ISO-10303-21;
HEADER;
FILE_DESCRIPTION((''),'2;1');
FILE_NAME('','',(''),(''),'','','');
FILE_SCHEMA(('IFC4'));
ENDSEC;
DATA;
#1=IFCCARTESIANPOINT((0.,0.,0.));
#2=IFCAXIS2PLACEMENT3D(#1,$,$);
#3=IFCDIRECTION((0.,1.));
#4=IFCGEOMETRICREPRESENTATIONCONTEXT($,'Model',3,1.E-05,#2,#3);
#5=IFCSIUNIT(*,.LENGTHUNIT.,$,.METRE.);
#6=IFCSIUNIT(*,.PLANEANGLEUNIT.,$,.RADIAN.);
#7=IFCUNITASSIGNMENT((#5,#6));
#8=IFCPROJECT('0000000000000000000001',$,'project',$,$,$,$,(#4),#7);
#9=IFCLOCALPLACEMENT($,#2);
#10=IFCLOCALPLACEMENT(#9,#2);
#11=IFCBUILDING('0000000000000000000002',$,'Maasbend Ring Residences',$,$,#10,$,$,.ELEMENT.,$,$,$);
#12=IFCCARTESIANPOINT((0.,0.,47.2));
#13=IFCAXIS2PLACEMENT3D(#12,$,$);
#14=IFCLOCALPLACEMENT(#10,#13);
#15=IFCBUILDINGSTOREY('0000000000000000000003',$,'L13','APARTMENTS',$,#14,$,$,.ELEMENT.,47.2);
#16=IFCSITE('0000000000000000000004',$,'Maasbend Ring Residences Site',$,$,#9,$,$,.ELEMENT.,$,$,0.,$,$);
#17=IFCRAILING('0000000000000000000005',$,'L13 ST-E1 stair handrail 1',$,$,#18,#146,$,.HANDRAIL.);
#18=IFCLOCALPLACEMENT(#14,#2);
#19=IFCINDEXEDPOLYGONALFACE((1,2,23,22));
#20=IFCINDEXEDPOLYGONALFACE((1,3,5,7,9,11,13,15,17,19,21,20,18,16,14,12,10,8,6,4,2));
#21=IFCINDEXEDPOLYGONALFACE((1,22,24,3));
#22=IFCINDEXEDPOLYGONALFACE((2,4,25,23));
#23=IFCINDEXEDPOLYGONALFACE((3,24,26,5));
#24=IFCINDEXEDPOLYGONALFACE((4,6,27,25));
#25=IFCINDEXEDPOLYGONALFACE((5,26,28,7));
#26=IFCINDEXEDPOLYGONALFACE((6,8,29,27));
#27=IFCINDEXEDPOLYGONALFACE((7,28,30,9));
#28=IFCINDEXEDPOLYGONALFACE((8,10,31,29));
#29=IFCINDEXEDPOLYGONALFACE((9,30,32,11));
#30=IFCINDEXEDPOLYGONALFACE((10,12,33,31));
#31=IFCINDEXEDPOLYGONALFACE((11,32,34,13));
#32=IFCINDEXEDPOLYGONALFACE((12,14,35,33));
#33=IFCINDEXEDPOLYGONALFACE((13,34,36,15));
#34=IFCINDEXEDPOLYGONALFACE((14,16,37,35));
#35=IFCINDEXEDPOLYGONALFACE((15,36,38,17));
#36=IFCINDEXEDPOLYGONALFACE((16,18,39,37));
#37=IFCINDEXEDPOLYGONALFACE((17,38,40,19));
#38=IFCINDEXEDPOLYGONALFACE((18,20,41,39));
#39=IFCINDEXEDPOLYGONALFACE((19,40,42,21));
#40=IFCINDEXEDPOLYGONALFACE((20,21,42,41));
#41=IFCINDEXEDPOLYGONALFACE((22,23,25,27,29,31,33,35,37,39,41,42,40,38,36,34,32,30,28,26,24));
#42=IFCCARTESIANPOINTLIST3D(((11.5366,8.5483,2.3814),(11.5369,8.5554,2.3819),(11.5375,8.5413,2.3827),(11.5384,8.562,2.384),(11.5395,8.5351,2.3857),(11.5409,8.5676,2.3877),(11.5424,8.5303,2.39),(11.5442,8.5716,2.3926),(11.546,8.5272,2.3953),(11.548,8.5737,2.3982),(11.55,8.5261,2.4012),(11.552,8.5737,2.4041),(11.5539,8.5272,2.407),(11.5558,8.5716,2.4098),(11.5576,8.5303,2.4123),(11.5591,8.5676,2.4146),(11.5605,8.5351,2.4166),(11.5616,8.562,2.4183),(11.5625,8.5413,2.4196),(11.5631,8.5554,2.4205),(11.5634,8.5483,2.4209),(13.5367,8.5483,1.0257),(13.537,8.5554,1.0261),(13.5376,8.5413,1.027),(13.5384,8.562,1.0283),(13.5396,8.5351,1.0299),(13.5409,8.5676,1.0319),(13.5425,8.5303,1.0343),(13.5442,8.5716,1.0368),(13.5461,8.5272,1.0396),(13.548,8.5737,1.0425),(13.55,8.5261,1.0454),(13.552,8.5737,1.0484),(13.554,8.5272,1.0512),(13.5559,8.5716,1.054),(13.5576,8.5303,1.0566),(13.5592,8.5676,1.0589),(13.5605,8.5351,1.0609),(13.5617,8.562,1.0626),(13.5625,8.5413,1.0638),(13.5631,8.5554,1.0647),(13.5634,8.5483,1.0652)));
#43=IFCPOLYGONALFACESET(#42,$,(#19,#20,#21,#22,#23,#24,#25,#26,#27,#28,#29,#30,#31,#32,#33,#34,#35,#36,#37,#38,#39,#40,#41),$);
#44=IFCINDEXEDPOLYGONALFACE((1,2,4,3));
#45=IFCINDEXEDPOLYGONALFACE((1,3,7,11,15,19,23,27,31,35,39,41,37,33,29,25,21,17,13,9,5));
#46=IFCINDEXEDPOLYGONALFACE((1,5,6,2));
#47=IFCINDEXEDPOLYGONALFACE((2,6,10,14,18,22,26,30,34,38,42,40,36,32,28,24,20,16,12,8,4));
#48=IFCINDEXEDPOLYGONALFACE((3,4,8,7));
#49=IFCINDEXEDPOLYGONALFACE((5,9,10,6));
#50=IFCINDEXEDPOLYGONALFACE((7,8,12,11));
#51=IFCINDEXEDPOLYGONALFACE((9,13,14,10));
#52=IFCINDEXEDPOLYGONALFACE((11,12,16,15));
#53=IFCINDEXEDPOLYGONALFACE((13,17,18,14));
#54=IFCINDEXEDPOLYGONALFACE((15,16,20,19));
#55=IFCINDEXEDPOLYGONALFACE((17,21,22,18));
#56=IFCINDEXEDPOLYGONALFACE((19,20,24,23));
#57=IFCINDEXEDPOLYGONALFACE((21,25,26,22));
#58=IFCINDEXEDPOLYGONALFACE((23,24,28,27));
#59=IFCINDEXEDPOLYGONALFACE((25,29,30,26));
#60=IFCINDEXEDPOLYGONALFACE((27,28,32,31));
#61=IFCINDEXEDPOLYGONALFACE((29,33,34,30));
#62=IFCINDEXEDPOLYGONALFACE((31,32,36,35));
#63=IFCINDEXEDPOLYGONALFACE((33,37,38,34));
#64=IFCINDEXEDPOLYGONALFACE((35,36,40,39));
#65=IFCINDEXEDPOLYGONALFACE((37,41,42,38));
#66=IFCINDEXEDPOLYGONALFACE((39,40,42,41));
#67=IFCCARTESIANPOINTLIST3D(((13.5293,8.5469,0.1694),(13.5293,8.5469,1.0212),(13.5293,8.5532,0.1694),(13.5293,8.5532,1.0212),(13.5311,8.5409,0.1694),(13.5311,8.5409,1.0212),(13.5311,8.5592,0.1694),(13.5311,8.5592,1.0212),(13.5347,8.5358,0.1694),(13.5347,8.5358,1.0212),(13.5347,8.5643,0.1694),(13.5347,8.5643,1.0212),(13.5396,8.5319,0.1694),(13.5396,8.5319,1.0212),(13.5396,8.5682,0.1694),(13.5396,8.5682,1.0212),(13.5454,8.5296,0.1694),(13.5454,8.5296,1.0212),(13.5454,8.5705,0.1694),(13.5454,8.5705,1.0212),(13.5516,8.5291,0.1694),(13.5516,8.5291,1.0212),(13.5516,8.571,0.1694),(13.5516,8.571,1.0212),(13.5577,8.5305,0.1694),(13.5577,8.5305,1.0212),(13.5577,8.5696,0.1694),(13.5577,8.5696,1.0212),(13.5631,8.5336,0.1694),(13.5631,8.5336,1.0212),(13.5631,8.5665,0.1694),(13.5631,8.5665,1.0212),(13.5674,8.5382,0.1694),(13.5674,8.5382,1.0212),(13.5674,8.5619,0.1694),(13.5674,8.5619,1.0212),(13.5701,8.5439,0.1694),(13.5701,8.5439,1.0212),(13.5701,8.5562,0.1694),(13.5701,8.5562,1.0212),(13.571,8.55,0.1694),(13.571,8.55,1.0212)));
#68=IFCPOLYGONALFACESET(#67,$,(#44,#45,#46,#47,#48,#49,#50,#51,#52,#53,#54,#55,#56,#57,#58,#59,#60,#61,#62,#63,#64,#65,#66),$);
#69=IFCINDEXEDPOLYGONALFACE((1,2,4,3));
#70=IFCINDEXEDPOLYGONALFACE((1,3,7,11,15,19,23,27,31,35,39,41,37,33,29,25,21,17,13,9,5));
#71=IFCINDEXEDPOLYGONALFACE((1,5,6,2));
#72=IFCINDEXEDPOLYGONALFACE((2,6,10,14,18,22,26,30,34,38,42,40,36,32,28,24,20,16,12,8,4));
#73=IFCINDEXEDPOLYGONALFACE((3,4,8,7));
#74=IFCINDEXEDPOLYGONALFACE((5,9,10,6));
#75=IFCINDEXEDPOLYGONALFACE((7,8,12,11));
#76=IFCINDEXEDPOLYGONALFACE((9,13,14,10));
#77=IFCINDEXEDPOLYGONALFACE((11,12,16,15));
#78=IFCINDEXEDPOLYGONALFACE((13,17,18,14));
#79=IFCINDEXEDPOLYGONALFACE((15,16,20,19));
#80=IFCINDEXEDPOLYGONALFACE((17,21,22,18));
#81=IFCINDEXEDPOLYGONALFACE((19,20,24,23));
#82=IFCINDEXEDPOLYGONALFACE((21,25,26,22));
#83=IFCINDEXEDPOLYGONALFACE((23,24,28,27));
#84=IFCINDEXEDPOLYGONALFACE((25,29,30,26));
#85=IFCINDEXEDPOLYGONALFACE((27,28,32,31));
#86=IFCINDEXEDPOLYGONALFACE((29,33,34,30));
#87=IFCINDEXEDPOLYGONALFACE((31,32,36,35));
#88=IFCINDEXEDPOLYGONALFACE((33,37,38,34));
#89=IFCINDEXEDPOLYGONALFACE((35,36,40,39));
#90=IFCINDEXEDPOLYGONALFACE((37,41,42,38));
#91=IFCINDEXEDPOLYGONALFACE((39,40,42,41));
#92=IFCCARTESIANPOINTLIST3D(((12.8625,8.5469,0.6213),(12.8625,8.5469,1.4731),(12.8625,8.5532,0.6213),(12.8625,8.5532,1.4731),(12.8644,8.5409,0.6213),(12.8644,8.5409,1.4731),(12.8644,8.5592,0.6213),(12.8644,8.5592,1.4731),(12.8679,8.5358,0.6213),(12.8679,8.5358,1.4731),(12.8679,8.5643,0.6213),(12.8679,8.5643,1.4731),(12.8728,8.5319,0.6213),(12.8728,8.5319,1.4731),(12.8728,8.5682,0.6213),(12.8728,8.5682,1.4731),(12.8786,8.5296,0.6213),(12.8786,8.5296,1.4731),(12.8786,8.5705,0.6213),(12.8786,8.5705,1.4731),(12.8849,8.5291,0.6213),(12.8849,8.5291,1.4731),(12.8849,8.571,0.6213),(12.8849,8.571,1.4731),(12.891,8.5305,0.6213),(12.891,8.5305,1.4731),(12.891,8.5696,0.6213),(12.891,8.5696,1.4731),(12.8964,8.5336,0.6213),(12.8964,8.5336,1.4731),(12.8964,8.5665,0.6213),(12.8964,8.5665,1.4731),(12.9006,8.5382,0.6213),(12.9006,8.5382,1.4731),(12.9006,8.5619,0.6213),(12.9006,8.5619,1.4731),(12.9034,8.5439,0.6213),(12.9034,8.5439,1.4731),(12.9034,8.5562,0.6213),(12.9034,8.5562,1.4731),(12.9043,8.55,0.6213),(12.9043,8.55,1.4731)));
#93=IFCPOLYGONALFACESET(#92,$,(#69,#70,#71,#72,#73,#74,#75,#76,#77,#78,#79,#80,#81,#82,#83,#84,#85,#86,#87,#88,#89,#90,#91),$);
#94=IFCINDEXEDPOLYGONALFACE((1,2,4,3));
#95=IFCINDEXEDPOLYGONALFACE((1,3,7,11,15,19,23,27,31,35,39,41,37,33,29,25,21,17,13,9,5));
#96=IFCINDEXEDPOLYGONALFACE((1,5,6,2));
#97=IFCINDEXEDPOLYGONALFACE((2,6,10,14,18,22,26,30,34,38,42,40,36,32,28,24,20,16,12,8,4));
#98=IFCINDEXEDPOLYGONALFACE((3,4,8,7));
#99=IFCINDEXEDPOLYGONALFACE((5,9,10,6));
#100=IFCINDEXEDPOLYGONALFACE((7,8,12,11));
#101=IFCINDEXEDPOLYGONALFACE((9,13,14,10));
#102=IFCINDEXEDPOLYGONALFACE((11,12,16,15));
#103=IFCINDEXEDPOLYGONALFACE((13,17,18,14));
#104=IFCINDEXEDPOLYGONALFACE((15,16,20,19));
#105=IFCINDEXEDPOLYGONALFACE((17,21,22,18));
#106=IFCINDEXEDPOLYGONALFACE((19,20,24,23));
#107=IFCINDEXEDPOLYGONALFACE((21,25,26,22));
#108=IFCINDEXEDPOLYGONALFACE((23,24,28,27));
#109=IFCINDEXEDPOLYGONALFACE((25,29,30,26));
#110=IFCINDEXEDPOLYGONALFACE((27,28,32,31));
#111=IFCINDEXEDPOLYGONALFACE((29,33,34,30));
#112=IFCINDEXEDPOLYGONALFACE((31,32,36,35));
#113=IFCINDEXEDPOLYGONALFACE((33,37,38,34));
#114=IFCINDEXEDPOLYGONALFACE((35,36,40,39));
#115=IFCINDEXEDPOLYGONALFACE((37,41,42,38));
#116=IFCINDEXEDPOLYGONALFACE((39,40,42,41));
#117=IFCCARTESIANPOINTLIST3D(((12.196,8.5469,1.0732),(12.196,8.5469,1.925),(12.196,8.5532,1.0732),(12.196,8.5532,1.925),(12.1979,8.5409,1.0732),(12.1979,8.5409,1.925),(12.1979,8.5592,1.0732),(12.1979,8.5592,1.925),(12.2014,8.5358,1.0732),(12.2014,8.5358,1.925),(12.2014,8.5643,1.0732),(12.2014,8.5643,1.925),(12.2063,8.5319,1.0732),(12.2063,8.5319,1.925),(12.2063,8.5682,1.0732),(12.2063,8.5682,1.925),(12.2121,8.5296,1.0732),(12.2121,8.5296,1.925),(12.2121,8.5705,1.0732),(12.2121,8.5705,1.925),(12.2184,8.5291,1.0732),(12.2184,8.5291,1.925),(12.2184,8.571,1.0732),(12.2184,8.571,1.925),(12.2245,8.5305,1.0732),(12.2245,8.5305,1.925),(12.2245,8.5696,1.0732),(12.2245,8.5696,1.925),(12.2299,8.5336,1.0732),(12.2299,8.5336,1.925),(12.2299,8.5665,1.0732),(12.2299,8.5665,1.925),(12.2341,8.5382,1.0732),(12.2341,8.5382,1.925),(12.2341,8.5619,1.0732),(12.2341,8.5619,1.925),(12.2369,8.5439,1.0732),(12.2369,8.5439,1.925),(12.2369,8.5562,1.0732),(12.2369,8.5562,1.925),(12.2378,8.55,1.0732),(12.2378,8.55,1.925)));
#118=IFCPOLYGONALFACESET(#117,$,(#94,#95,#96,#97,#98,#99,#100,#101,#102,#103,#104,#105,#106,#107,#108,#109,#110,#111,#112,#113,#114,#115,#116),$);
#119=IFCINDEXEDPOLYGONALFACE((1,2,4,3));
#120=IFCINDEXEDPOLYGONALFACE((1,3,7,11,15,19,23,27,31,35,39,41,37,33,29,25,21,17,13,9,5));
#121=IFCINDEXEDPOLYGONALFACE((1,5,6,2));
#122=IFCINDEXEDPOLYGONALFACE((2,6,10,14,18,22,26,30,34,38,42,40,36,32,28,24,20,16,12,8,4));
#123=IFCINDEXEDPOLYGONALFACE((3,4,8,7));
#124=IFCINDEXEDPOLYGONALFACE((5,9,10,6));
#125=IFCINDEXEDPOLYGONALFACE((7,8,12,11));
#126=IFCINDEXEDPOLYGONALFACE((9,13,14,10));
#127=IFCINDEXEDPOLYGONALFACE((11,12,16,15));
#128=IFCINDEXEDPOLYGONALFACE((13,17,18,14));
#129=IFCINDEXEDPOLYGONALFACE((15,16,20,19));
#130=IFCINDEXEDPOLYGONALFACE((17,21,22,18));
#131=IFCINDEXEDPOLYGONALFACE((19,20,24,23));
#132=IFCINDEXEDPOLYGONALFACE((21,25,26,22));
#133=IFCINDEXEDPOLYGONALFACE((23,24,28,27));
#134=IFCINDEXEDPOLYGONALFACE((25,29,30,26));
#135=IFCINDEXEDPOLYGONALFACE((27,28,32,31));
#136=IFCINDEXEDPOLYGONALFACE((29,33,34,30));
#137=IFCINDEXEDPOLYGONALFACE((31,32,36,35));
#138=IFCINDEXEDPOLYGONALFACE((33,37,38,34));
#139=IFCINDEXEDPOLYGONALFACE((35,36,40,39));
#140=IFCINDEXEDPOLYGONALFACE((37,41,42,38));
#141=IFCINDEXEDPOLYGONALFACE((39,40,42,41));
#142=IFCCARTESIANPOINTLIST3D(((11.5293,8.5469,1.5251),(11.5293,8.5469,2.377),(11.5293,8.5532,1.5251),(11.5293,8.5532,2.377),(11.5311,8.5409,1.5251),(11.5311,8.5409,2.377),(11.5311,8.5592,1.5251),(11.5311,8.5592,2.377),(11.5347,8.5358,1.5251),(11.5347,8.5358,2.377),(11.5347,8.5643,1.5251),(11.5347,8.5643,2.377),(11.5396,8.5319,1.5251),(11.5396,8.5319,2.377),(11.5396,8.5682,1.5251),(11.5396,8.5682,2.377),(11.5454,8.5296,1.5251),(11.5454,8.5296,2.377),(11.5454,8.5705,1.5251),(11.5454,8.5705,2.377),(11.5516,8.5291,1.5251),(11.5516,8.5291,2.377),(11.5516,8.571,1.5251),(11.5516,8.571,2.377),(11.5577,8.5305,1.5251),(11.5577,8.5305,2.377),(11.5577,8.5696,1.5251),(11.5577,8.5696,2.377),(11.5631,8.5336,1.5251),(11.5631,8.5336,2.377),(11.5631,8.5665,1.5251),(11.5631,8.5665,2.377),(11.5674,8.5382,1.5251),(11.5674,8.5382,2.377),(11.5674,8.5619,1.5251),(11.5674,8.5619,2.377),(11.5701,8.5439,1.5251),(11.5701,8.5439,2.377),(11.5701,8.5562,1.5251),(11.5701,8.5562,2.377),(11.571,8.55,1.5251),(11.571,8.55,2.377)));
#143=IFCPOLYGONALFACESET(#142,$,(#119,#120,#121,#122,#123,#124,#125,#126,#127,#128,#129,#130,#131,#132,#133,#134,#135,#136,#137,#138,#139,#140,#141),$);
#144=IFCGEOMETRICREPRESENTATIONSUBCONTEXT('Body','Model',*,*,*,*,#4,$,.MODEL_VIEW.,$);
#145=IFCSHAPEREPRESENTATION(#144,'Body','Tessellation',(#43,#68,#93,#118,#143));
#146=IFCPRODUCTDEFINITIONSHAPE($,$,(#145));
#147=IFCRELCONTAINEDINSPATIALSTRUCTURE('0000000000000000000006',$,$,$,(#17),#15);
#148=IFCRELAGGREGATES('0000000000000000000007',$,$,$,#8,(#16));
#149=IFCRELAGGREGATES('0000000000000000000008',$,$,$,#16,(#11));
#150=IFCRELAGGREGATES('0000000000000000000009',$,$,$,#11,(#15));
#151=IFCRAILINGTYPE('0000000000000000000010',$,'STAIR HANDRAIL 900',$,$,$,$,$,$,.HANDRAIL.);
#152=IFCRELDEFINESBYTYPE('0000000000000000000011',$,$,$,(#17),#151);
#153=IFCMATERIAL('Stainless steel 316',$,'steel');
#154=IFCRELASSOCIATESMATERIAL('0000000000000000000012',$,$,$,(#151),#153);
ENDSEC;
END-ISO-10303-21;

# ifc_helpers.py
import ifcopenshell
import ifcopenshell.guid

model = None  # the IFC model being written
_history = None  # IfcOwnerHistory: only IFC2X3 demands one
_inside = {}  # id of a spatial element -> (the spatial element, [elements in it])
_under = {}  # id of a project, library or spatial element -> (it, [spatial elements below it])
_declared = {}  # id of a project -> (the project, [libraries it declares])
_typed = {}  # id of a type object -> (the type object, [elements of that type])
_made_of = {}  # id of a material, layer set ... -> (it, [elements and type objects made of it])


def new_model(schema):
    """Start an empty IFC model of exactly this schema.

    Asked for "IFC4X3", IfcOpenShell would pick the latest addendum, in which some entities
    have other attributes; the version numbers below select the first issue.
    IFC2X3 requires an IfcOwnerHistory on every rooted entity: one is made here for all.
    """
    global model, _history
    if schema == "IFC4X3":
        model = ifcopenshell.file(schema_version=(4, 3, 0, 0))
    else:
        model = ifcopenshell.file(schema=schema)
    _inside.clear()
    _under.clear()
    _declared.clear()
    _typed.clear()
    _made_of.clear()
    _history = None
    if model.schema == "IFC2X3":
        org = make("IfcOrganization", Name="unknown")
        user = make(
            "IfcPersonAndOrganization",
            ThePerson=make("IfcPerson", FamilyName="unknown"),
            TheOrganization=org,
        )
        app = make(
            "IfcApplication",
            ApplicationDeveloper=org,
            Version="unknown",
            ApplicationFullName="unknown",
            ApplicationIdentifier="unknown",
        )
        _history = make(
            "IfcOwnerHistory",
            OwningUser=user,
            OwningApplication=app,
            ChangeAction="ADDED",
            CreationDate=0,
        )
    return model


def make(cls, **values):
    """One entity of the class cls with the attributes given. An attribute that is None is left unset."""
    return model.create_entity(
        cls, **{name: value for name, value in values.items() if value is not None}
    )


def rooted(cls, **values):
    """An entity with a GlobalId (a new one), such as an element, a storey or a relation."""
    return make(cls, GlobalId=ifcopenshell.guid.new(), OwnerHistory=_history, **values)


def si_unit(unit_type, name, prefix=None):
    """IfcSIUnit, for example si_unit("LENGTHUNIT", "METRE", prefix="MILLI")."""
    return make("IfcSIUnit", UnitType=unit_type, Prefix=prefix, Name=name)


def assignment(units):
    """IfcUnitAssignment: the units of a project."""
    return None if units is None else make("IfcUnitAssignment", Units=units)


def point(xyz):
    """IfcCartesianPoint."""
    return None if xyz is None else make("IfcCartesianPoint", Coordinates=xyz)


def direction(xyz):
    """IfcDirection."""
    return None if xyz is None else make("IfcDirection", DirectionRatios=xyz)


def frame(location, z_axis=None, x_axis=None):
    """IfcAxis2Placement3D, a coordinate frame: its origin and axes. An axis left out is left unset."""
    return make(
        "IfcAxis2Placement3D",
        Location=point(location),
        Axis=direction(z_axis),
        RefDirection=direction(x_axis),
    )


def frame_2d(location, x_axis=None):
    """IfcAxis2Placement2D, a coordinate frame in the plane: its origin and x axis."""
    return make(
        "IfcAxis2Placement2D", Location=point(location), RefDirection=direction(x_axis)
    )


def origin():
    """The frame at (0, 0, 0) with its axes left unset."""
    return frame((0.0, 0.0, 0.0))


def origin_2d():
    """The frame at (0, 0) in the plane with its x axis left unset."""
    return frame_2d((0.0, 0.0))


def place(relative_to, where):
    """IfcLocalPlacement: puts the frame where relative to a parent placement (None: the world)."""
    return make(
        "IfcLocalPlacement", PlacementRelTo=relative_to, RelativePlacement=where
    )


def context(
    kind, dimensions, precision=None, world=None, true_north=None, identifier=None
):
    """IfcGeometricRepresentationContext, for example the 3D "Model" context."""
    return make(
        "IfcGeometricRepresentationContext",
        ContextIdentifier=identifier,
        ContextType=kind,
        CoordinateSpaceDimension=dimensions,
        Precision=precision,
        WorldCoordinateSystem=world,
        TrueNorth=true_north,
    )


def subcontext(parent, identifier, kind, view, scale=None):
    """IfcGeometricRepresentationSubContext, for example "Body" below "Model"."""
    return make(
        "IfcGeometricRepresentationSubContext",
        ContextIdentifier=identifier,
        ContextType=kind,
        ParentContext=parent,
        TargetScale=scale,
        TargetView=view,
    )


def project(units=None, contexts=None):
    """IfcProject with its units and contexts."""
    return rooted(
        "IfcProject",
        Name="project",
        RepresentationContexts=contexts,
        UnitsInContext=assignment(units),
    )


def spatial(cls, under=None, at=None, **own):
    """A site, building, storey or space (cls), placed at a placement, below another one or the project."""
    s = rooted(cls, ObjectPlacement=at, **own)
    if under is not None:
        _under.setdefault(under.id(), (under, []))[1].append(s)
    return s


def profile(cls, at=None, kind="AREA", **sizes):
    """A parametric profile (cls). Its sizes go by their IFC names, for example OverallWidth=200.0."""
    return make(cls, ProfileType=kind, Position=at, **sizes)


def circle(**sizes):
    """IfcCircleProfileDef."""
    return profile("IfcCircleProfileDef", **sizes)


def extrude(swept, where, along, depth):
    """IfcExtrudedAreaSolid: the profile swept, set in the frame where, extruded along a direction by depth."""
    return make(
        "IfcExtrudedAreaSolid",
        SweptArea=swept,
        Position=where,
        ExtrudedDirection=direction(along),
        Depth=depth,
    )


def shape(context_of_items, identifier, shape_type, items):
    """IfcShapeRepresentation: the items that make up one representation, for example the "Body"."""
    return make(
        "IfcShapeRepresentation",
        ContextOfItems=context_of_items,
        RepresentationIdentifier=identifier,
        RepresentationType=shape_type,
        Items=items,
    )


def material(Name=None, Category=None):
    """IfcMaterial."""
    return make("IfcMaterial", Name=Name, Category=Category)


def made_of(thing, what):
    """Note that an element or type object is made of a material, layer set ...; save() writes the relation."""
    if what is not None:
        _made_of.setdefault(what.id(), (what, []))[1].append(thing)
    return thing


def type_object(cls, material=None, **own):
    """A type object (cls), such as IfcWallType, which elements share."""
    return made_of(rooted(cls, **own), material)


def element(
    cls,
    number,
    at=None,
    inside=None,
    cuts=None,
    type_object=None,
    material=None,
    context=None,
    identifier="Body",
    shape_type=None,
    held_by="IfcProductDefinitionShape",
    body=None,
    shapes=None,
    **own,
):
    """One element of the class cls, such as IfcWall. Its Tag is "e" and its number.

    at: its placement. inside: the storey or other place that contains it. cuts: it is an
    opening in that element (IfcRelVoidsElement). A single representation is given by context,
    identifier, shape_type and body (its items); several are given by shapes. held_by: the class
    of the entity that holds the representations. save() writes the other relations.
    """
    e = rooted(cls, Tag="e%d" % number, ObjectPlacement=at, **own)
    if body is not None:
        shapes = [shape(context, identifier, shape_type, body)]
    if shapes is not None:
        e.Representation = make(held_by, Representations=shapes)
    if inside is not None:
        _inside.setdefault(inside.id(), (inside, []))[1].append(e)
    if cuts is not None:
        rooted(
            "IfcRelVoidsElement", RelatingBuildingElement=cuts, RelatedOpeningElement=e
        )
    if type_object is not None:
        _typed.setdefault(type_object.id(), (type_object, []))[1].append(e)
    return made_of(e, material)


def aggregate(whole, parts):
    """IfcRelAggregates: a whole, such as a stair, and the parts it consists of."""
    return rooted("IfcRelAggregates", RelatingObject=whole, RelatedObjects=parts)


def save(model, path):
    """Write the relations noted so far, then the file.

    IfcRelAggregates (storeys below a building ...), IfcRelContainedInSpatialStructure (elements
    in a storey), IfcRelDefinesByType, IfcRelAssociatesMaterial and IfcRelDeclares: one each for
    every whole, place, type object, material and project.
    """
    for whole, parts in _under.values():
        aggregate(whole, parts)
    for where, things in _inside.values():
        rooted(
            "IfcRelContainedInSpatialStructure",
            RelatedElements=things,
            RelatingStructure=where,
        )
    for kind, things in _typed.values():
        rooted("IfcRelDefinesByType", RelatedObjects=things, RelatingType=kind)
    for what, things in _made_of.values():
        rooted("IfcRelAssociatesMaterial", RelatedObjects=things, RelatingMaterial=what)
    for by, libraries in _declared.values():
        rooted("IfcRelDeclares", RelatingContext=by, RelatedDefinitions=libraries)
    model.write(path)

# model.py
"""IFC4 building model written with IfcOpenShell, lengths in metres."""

from ifc_helpers import new_model, si_unit, direction, frame, origin, origin_2d, place, context, subcontext, project, spatial, circle, extrude, material, type_object, element, save


model = new_model("IFC4")

# Units and contexts
model_context = context("Model", 3, precision=1e-05, world=origin(), true_north=direction((0.0, 1.0)))
body_context = subcontext(model_context, "Body", "Model", "MODEL_VIEW")
ifc_project = project(units=[si_unit("LENGTHUNIT", "METRE"), si_unit("PLANEANGLEUNIT", "RADIAN")], contexts=[model_context])

# Site, building, storey
site_placement = place(None, origin())
site = spatial("IfcSite", under=ifc_project, at=site_placement, Name="Maasbend Ring Residences Site", CompositionType="ELEMENT", RefElevation=0.0)
building_placement = place(site_placement, origin())
building = spatial("IfcBuilding", under=site, at=building_placement, Name="Maasbend Ring Residences", CompositionType="ELEMENT")
storey_placement = place(building_placement, frame((0.0, 0.0, 47.2)))
storey = spatial("IfcBuildingStorey", under=building, at=storey_placement, Name="L13", Description="APARTMENTS", CompositionType="ELEMENT", Elevation=47.2)

# Railing
ifc_material_1 = material(Name="Stainless steel 316", Category="steel")
railing_type_1 = type_object("IfcRailingType", Name="STAIR HANDRAIL 900", PredefinedType="HANDRAIL", material=ifc_material_1)
railing_1_placement = place(storey_placement, frame((13.55, 8.55, 0.1694)))
element("IfcRailing", 1, at=railing_1_placement, inside=storey, type_object=railing_type_1, Name="L13 ST-E1 stair handrail 1", PredefinedType="HANDRAIL", context=body_context, shape_type="SweptSolid", body=[
    extrude(circle(Radius=0.0239, at=origin_2d()), frame((0.0, 0.0, 0.876), z_axis=(-0.827751, 0.0, 0.561096), x_axis=(0.0, -1.0, 0.0)), (0.0, 0.0, 1.0), 2.4163),
    extrude(circle(Radius=0.021, at=origin_2d()), origin(), (0.0, 0.0, 1.0), 0.8518),
    extrude(circle(Radius=0.021, at=origin_2d()), frame((-0.6667, 0.0, 0.4519)), (0.0, 0.0, 1.0), 0.8518),
    extrude(circle(Radius=0.021, at=origin_2d()), frame((-1.3333, 0.0, 0.9038)), (0.0, 0.0, 1.0), 0.8518),
    extrude(circle(Radius=0.021, at=origin_2d()), frame((-2.0, 0.0, 1.3557)), (0.0, 0.0, 1.0), 0.8518),
])

save(model, "model.ifc")
